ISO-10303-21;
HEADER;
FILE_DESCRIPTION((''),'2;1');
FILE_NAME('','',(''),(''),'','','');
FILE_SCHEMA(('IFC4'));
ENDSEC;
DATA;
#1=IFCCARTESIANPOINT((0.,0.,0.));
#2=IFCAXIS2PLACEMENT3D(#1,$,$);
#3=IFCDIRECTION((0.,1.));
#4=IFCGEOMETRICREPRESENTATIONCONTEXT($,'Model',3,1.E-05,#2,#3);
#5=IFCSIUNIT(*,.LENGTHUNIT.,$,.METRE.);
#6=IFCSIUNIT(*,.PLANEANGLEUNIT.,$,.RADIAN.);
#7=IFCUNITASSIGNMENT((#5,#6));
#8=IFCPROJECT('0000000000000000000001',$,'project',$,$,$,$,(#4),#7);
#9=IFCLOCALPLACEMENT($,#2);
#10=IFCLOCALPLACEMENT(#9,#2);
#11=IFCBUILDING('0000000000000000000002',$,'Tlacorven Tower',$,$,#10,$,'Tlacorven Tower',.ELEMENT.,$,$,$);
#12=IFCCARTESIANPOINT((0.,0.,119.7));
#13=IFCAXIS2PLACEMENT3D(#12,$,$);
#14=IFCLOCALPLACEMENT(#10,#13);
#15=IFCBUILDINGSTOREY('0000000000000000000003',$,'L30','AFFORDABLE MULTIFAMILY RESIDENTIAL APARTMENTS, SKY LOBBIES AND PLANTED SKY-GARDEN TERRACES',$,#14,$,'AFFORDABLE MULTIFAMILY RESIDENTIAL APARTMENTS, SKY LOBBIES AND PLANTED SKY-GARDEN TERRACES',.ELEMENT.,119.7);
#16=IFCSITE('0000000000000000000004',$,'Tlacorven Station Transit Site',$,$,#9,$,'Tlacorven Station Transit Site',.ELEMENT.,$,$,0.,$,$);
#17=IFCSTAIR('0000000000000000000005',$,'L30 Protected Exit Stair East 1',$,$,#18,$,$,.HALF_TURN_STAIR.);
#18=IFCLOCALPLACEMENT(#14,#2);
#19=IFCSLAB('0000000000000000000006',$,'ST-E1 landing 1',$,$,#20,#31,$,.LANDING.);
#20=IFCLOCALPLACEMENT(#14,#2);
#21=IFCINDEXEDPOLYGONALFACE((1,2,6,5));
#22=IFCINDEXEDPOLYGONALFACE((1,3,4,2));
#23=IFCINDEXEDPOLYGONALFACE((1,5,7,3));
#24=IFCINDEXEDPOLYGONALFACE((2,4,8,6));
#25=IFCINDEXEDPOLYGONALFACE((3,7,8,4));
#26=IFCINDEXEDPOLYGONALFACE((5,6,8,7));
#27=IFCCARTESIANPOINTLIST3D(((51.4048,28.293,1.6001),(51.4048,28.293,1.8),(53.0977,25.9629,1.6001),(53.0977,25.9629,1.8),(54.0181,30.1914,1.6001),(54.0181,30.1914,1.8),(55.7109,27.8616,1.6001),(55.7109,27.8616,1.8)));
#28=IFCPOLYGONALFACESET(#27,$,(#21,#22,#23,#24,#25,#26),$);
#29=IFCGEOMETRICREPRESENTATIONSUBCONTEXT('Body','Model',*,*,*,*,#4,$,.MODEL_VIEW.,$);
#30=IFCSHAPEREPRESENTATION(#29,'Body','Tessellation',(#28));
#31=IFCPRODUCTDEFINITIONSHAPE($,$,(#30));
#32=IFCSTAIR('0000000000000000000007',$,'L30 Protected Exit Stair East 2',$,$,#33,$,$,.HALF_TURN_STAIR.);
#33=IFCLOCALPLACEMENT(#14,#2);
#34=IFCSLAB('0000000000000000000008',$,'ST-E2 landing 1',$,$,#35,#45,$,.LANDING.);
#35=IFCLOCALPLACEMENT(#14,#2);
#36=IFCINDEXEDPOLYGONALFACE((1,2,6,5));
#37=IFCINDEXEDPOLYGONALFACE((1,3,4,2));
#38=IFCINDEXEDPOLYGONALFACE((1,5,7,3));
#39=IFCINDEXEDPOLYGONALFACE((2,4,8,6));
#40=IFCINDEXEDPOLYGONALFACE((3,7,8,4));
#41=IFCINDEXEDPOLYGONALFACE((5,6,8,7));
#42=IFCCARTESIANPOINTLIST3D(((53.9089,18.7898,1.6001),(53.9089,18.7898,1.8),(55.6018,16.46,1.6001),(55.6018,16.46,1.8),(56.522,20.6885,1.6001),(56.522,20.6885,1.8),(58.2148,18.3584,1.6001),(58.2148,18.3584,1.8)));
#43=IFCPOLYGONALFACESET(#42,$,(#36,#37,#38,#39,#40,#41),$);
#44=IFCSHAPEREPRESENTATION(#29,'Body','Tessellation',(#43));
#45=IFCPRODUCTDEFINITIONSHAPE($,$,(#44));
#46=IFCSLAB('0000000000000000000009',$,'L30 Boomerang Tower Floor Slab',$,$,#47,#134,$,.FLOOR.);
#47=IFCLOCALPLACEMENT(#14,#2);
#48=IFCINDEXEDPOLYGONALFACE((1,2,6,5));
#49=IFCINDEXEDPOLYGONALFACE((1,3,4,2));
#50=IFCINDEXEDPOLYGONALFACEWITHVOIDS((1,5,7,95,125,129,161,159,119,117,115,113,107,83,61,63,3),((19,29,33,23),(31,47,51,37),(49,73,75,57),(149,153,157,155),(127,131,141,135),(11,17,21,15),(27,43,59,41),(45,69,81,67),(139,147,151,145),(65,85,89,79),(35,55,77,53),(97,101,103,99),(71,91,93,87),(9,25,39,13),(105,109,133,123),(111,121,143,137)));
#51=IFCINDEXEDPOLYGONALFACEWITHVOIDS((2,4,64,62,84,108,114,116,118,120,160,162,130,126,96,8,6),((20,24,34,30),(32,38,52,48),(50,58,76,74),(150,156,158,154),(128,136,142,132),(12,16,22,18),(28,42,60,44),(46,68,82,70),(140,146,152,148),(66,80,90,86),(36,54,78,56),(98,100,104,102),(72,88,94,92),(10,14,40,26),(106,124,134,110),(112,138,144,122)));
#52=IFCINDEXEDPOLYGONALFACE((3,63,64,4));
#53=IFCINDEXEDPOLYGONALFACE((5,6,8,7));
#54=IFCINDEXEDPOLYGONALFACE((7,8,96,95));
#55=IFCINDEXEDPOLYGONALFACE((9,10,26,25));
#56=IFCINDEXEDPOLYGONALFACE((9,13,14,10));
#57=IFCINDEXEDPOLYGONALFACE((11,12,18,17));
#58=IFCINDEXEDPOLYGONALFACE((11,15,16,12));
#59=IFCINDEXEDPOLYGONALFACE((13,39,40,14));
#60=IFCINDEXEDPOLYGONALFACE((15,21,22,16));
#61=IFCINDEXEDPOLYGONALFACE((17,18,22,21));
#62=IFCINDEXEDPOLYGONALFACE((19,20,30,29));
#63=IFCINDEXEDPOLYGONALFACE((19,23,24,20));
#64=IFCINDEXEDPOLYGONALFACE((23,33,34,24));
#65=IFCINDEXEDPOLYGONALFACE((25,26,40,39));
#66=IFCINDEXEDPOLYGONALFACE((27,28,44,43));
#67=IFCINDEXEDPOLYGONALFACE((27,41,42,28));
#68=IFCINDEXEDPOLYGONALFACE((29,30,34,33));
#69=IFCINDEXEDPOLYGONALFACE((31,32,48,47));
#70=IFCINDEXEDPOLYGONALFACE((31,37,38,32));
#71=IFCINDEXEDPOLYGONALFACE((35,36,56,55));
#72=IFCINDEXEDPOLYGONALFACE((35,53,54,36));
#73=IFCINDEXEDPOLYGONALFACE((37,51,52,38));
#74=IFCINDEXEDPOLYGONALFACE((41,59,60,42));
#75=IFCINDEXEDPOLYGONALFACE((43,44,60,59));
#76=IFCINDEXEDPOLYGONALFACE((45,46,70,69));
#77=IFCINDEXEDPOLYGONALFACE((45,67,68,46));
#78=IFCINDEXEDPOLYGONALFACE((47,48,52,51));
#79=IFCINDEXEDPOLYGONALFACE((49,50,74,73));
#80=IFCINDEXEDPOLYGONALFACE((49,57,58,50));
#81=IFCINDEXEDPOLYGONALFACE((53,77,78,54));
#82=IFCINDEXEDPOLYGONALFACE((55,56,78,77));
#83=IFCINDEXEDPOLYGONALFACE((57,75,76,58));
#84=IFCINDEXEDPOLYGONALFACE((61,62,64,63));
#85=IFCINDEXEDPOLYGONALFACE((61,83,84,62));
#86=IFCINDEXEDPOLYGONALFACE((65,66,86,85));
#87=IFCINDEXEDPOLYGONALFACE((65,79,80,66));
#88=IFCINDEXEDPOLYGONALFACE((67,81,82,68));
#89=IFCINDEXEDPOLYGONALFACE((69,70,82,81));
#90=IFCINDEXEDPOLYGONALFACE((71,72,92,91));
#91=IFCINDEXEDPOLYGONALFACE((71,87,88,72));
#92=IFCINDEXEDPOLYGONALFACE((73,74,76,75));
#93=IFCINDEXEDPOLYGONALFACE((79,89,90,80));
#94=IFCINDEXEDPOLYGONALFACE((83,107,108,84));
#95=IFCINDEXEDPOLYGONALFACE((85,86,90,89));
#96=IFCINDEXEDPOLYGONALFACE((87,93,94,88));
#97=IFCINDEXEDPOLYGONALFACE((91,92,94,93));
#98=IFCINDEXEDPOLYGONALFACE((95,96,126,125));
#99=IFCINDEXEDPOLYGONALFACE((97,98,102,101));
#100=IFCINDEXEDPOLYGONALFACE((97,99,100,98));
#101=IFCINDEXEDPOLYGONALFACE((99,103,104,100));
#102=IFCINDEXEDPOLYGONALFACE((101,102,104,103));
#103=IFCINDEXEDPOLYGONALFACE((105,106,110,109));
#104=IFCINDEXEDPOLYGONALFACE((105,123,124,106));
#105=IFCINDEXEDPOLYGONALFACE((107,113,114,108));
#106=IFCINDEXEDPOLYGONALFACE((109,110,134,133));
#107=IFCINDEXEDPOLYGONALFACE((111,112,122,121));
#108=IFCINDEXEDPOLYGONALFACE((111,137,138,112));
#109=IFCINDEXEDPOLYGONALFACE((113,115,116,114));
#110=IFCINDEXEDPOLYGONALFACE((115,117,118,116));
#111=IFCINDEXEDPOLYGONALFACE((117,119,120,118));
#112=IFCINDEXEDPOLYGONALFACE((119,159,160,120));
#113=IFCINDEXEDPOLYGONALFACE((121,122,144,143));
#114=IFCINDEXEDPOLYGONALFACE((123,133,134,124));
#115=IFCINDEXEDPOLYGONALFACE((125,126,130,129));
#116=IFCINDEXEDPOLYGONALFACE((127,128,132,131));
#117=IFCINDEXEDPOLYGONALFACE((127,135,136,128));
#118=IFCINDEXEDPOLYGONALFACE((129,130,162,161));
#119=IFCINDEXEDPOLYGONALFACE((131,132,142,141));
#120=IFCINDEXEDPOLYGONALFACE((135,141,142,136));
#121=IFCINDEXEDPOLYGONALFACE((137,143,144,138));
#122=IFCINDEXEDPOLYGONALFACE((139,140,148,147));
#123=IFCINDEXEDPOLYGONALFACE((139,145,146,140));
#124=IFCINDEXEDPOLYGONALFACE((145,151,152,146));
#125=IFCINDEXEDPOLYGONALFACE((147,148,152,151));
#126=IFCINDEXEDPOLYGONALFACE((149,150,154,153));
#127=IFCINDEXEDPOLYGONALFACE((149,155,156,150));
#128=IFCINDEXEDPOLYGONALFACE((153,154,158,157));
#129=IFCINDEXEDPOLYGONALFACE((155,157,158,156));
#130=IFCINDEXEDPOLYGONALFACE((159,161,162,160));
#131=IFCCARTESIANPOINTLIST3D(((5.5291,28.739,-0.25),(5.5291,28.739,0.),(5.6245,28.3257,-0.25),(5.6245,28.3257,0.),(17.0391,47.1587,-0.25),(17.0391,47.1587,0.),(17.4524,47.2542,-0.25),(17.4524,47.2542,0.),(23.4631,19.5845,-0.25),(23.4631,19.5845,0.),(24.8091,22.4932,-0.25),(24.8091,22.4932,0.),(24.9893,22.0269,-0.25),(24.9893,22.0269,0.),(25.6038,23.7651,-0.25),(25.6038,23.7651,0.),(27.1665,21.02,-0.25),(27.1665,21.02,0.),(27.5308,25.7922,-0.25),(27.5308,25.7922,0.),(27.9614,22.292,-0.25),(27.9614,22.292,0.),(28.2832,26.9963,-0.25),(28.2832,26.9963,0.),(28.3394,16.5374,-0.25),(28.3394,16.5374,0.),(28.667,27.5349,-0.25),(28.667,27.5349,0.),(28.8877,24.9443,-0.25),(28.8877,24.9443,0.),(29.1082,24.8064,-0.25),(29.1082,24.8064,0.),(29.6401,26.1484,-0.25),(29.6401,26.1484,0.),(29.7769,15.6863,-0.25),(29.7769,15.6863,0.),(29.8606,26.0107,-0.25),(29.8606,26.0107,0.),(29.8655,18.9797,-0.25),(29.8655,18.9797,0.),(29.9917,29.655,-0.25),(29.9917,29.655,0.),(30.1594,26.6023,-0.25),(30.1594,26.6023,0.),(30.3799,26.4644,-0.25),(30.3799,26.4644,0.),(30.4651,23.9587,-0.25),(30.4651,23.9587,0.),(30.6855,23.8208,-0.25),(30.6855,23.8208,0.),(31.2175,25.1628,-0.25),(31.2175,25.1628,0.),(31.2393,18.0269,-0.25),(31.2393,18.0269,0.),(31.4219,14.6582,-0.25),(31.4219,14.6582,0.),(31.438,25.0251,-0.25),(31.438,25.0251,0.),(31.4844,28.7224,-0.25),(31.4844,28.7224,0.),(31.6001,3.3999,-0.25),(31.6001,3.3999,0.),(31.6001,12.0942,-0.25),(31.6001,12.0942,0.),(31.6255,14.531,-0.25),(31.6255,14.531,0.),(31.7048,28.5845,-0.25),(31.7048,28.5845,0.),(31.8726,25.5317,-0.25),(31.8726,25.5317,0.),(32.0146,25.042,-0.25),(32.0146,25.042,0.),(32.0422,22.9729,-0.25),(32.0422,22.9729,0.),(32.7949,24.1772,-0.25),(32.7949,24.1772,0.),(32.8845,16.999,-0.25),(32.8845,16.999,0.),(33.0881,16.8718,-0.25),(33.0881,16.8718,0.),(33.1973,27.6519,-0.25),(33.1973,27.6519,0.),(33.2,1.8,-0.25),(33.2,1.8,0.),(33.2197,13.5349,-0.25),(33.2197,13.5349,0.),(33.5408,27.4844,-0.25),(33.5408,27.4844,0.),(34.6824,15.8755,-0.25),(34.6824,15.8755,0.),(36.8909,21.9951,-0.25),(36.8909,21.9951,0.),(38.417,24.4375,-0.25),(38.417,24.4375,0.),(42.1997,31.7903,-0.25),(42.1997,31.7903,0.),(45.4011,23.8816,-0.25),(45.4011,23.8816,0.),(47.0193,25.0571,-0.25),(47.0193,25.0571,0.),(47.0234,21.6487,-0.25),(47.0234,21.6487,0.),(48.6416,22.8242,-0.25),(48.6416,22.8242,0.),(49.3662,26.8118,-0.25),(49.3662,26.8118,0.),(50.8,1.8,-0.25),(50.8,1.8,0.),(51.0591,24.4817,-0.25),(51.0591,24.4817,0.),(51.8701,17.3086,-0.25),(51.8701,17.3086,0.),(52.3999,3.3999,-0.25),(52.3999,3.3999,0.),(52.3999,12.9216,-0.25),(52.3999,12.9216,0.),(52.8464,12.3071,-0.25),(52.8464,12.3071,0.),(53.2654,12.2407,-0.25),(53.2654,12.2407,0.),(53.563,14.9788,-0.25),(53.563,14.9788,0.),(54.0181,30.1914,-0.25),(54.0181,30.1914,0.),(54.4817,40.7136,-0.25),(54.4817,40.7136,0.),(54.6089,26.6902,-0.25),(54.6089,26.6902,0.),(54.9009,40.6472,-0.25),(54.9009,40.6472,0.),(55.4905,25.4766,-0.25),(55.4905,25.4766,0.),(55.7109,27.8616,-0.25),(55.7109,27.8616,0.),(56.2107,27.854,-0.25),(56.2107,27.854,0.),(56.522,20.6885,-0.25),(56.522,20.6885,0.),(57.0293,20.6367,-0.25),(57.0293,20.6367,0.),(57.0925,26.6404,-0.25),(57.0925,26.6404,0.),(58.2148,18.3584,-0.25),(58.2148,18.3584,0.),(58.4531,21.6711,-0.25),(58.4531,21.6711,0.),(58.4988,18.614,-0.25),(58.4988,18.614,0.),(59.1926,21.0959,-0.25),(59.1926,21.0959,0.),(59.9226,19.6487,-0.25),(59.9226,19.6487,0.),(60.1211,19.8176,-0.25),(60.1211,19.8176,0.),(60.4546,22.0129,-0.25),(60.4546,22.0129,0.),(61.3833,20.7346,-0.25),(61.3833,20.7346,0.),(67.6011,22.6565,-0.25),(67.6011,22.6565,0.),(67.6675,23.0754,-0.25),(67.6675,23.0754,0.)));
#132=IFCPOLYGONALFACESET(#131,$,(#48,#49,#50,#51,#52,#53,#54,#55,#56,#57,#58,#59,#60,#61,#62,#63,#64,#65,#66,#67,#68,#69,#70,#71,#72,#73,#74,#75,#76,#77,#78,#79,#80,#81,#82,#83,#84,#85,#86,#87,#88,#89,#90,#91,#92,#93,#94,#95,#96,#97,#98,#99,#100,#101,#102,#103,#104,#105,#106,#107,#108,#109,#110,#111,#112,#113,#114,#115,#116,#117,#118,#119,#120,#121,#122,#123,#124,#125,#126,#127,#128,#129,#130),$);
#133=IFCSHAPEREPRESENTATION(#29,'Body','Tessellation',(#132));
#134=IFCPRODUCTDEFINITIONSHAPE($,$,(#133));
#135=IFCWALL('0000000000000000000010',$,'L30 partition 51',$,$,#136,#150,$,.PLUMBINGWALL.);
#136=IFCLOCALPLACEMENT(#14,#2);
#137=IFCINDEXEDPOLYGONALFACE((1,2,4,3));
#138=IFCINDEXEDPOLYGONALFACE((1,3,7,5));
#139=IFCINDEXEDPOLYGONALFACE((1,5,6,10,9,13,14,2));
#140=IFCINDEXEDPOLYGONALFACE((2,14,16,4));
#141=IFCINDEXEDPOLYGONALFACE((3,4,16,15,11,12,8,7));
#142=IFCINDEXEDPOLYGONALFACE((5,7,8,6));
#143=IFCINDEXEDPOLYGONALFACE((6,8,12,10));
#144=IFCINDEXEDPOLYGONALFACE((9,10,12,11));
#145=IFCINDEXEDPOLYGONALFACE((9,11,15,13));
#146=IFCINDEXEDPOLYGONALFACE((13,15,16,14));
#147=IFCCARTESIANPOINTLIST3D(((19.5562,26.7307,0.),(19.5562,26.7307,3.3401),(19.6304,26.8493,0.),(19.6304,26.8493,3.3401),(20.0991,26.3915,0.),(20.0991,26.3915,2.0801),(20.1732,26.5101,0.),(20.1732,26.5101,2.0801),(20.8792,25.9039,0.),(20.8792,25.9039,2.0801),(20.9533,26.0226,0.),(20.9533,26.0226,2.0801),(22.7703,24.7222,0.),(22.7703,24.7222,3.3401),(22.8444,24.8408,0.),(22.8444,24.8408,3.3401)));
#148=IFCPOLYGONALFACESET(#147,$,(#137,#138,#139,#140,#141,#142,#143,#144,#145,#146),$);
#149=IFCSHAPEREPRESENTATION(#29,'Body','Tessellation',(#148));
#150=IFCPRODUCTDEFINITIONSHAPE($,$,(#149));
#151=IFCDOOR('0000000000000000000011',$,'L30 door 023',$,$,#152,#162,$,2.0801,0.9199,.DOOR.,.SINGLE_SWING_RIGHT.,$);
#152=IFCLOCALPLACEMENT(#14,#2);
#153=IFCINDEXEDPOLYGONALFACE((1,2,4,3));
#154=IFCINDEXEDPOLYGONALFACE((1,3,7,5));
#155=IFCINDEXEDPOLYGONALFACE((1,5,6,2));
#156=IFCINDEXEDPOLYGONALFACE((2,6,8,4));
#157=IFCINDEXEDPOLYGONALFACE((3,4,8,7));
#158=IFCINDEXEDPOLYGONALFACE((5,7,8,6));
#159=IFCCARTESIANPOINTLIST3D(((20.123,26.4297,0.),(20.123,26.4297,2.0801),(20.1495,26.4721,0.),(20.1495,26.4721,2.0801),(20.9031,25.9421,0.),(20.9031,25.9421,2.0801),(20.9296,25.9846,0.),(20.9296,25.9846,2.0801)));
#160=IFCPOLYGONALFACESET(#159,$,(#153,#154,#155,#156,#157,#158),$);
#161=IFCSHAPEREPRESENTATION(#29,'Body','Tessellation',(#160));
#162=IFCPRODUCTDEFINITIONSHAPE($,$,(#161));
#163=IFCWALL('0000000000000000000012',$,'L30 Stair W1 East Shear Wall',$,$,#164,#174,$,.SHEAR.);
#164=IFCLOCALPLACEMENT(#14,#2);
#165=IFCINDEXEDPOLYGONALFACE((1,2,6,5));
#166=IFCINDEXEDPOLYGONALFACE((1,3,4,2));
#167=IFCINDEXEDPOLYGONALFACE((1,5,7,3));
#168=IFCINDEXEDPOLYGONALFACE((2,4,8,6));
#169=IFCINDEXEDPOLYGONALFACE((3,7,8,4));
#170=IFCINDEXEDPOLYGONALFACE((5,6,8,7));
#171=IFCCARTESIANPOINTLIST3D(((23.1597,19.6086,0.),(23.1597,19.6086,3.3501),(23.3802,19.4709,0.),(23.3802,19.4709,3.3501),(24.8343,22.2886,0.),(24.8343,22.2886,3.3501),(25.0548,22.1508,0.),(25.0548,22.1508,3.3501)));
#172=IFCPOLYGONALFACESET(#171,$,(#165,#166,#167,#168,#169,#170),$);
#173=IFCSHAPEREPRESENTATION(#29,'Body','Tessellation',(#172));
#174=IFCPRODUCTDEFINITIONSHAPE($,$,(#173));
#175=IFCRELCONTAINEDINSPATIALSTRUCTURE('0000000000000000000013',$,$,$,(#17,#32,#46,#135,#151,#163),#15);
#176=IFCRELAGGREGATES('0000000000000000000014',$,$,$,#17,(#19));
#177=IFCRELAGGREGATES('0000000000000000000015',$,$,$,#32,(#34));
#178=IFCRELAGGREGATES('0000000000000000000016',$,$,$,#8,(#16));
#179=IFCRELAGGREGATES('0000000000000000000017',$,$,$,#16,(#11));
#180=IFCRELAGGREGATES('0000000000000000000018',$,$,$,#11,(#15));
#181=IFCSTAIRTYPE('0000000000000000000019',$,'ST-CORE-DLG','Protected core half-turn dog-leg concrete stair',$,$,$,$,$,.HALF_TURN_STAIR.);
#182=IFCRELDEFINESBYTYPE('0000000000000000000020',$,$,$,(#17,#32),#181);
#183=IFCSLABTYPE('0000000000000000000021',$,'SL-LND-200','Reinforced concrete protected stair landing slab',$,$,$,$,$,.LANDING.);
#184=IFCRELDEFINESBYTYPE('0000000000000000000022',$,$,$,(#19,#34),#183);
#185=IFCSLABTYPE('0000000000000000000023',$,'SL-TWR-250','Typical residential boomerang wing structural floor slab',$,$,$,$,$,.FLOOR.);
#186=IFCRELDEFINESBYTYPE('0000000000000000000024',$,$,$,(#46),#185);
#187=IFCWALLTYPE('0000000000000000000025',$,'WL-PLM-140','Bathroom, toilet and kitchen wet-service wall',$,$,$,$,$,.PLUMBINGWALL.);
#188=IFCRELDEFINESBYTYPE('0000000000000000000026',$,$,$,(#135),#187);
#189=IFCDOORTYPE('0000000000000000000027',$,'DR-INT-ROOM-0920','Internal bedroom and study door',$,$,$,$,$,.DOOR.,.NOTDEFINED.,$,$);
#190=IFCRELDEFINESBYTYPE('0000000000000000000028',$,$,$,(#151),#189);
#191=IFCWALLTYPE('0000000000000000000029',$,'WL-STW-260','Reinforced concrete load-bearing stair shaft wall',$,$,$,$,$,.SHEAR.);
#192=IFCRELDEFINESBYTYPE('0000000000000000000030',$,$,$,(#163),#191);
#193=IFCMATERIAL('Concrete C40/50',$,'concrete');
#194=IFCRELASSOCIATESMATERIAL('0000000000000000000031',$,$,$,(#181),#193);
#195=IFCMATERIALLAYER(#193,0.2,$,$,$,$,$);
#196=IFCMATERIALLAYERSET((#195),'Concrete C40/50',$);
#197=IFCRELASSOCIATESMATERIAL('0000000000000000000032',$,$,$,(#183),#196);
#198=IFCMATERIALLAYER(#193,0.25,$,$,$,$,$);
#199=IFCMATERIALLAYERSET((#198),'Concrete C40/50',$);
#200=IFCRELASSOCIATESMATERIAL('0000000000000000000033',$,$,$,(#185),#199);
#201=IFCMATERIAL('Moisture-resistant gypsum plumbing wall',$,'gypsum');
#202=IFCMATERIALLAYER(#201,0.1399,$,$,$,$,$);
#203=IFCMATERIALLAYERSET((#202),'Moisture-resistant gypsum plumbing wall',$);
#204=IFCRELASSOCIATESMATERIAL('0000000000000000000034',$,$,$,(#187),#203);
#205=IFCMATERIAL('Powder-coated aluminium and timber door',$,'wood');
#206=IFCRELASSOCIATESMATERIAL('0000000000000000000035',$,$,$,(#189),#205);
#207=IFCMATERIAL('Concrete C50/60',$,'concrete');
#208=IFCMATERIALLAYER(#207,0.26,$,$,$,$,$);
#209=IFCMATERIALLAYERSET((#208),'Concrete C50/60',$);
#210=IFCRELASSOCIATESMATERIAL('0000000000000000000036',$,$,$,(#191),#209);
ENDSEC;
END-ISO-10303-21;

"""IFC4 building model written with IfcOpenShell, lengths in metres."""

from ifc_helpers import new_model, si_unit, direction, frame, frame_2d, origin, place, context, subcontext, project, spatial, polyline, rectangle, outline, extrude, source, transform, mapped, material, layer, layer_set, type_object, element, fill, aggregate, save


model = new_model("IFC4")

# Units and contexts
model_context = context("Model", 3, precision=1e-05, world=origin(), true_north=direction((0.0, 1.0)))
body_context = subcontext(model_context, "Body", "Model", "MODEL_VIEW")
ifc_project = project(units=[si_unit("LENGTHUNIT", "METRE"), si_unit("PLANEANGLEUNIT", "RADIAN")], contexts=[model_context])

# Site, building, storey
site_placement = place(None, origin())
site = spatial("IfcSite", under=ifc_project, at=site_placement, Name="Tlacorven Station Transit Site", LongName="Tlacorven Station Transit Site", CompositionType="ELEMENT", RefElevation=0.0)
building_placement = place(site_placement, origin())
building = spatial("IfcBuilding", under=site, at=building_placement, Name="Tlacorven Tower", LongName="Tlacorven Tower", CompositionType="ELEMENT")
storey_placement = place(building_placement, frame((0.0, 0.0, 119.7)))
storey = spatial("IfcBuildingStorey", under=building, at=storey_placement, Name="L30", Description="AFFORDABLE MULTIFAMILY RESIDENTIAL APARTMENTS, SKY LOBBIES AND PLANTED SKY-GARDEN TERRACES", LongName="AFFORDABLE MULTIFAMILY RESIDENTIAL APARTMENTS, SKY LOBBIES AND PLANTED SKY-GARDEN TERRACES", CompositionType="ELEMENT", Elevation=119.7)

# Stairs, slabs
ifc_material_1 = material(Name="Concrete C40/50", Category="concrete")
stair_type = type_object("IfcStairType", Name="ST-CORE-DLG", Description="Protected core half-turn dog-leg concrete stair", PredefinedType="HALF_TURN_STAIR", material=ifc_material_1)
ifc_layer_1 = layer(ifc_material_1, 0.2)
ifc_layer_set_1 = layer_set([ifc_layer_1], Name="Concrete C40/50")
slab_type_1 = type_object("IfcSlabType", Name="SL-LND-200", Description="Reinforced concrete protected stair landing slab", PredefinedType="LANDING", material=ifc_layer_set_1)
stair_1_placement = place(storey_placement, origin())
stair_1 = element("IfcStair", 1, at=stair_1_placement, inside=storey, type_object=stair_type, Name="L30 Protected Exit Stair East 1", PredefinedType="HALF_TURN_STAIR")
slab_1_placement = place(storey_placement, frame((0.0, 0.0, 1.6001)))
slab_1 = element("IfcSlab", 2, at=slab_1_placement, type_object=slab_type_1, Name="ST-E1 landing 1", PredefinedType="LANDING", context=body_context, shape_type="SweptSolid", body=[
    extrude(outline(polyline([(53.0977, 25.9629), (55.7109, 27.8616), (54.0181, 30.1914), (51.4048, 28.293), (53.0977, 25.9629)])), origin(), (0.0, 0.0, 1.0), 0.2),
])
aggregate(stair_1, [slab_1])
stair_2_placement = place(storey_placement, origin())
stair_2 = element("IfcStair", 3, at=stair_2_placement, inside=storey, type_object=stair_type, Name="L30 Protected Exit Stair East 2", PredefinedType="HALF_TURN_STAIR")
slab_2_placement = place(storey_placement, frame((0.0, 0.0, 1.6001)))
slab_2 = element("IfcSlab", 4, at=slab_2_placement, type_object=slab_type_1, Name="ST-E2 landing 1", PredefinedType="LANDING", context=body_context, shape_type="SweptSolid", body=[
    extrude(outline(polyline([(55.6018, 16.46), (58.2148, 18.3584), (56.522, 20.6885), (53.9089, 18.7898), (55.6018, 16.46)])), origin(), (0.0, 0.0, 1.0), 0.2),
])
aggregate(stair_2, [slab_2])

# Slab
ifc_layer_2 = layer(ifc_material_1, 0.25)
ifc_layer_set_2 = layer_set([ifc_layer_2], Name="Concrete C40/50")
slab_type_2 = type_object("IfcSlabType", Name="SL-TWR-250", Description="Typical residential boomerang wing structural floor slab", PredefinedType="FLOOR", material=ifc_layer_set_2)
slab_3_placement = place(storey_placement, frame((0.0, 0.0, -0.25)))
element("IfcSlab", 5, at=slab_3_placement, inside=storey, type_object=slab_type_2, Name="L30 Boomerang Tower Floor Slab", PredefinedType="FLOOR", context=body_context, shape_type="SweptSolid", body=[
    extrude(outline(polyline([(52.3999, 3.3999), (50.8, 1.8), (33.2, 1.8), (31.6001, 3.3999), (31.6001, 12.0942), (5.6245, 28.3257), (5.5291, 28.739), (17.0391, 47.1587), (17.4524, 47.2542), (42.1997, 31.7903), (54.4817, 40.7136), (54.9009, 40.6472), (67.6675, 23.0754), (67.6011, 22.6565), (53.2654, 12.2407), (52.8464, 12.3071), (52.3999, 12.9216), (52.3999, 3.3999)]), holes=[polyline([(29.8655, 18.9797), (24.9893, 22.0269), (23.4631, 19.5845), (28.3394, 16.5374), (29.8655, 18.9797)]), polyline([(38.417, 24.4375), (33.5408, 27.4844), (32.0146, 25.042), (36.8909, 21.9951), (38.417, 24.4375)]), polyline([(51.0591, 24.4817), (55.7109, 27.8616), (54.0181, 30.1914), (49.3662, 26.8118), (51.0591, 24.4817)]), polyline([(53.563, 14.9788), (58.2148, 18.3584), (56.522, 20.6885), (51.8701, 17.3086), (53.563, 14.9788)]), polyline([(34.6824, 15.8755), (33.0881, 16.8718), (31.6255, 14.531), (33.2197, 13.5349), (34.6824, 15.8755)]), polyline([(32.8845, 16.999), (31.2393, 18.0269), (29.7769, 15.6863), (31.4219, 14.6582), (32.8845, 16.999)]), polyline([(47.0234, 21.6487), (48.6416, 22.8242), (47.0193, 25.0571), (45.4011, 23.8816), (47.0234, 21.6487)]), polyline([(33.1973, 27.6519), (31.7048, 28.5845), (30.3799, 26.4644), (31.8726, 25.5317), (33.1973, 27.6519)]), polyline([(31.4844, 28.7224), (29.9917, 29.655), (28.667, 27.5349), (30.1594, 26.6023), (31.4844, 28.7224)]), polyline([(32.7949, 24.1772), (31.438, 25.0251), (30.6855, 23.8208), (32.0422, 22.9729), (32.7949, 24.1772)]), polyline([(31.2175, 25.1628), (29.8606, 26.0107), (29.1082, 24.8064), (30.4651, 23.9587), (31.2175, 25.1628)]), polyline([(29.6401, 26.1484), (28.2832, 26.9963), (27.5308, 25.7922), (28.8877, 24.9443), (29.6401, 26.1484)]), polyline([(58.4988, 18.614), (59.9226, 19.6487), (58.4531, 21.6711), (57.0293, 20.6367), (58.4988, 18.614)]), polyline([(27.9614, 22.292), (25.6038, 23.7651), (24.8091, 22.4932), (27.1665, 21.02), (27.9614, 22.292)]), polyline([(55.4905, 25.4766), (57.0925, 26.6404), (56.2107, 27.854), (54.6089, 26.6902), (55.4905, 25.4766)]), polyline([(60.1211, 19.8176), (61.3833, 20.7346), (60.4546, 22.0129), (59.1926, 21.0959), (60.1211, 19.8176)])]), origin(), (0.0, 0.0, 1.0), 0.25),
])

# Wall, opening, door
ifc_material_2 = material(Name="Moisture-resistant gypsum plumbing wall", Category="gypsum")
ifc_layer_3 = layer(ifc_material_2, 0.1399)
ifc_layer_set_3 = layer_set([ifc_layer_3], Name="Moisture-resistant gypsum plumbing wall")
wall_type_1 = type_object("IfcWallType", Name="WL-PLM-140", Description="Bathroom, toilet and kitchen wet-service wall", PredefinedType="PLUMBINGWALL", material=ifc_layer_set_3)
wall_1_placement = place(storey_placement, frame((22.8074, 24.7815, 0.0), z_axis=(0.0, 0.0, 1.0), x_axis=(-0.848031, 0.529947, 0.0)))
wall_1 = element("IfcWall", 6, at=wall_1_placement, inside=storey, type_object=wall_type_1, Name="L30 partition 51", PredefinedType="PLUMBINGWALL", context=body_context, shape_type="SweptSolid", body=[
    extrude(rectangle(XDim=3.79, YDim=0.1399, at=frame_2d((1.895, 0.0))), origin(), (0.0, 0.0, 1.0), 3.3401),
])
opening_placement = place(wall_1_placement, frame((2.23, 0.0, 0.0)))
opening = element("IfcOpeningElement", 7, at=opening_placement, cuts=wall_1, PredefinedType="OPENING", context=body_context, shape_type="SweptSolid", body=[
    extrude(rectangle(XDim=0.9199, YDim=2.0801, at=frame_2d((0.46, 1.04))), frame((0.0, 0.0801, 0.0), z_axis=(0.0, -1.0, 0.0), x_axis=(1.0, 0.0, 0.0)), (0.0, 0.0, 1.0), 0.1599),
])
ifc_material_3 = material(Name="Powder-coated aluminium and timber door", Category="wood")
door_type = type_object("IfcDoorType", Name="DR-INT-ROOM-0920", Description="Internal bedroom and study door", OperationType="NOTDEFINED", PredefinedType="DOOR", material=ifc_material_3)
shared_shape_1 = source(origin(), body_context, "Body", "SweptSolid", [
    extrude(rectangle(XDim=0.9199, YDim=2.0801, at=frame_2d((0.46, 1.04))), frame((0.0, 0.0249, 0.0), z_axis=(0.0, -1.0, 0.0), x_axis=(1.0, 0.0, 0.0)), (0.0, 0.0, 1.0), 0.05),
])
door_placement = place(opening_placement, origin())
door = element("IfcDoor", 8, at=door_placement, inside=storey, type_object=door_type, Name="L30 door 023", OperationType="SINGLE_SWING_RIGHT", OverallHeight=2.0801, OverallWidth=0.9199, PredefinedType="DOOR", context=body_context, shape_type="MappedRepresentation", body=[
    mapped(shared_shape_1, transform((0.0, 0.0, 0.0), scale=1.0)),
])
fill(opening, door)

# Wall
ifc_material_4 = material(Name="Concrete C50/60", Category="concrete")
ifc_layer_4 = layer(ifc_material_4, 0.26)
ifc_layer_set_4 = layer_set([ifc_layer_4], Name="Concrete C50/60")
wall_type_2 = type_object("IfcWallType", Name="WL-STW-260", Description="Reinforced concrete load-bearing stair shaft wall", PredefinedType="SHEAR", material=ifc_layer_set_4)
wall_2_placement = place(storey_placement, frame((24.9446, 22.2197, 0.0), z_axis=(0.0, 0.0, 1.0), x_axis=(-0.529909, -0.848055, 0.0)))
element("IfcWall", 9, at=wall_2_placement, inside=storey, type_object=wall_type_2, Name="L30 Stair W1 East Shear Wall", PredefinedType="SHEAR", context=body_context, shape_type="SweptSolid", body=[
    extrude(rectangle(XDim=3.1602, YDim=0.26, at=frame_2d((1.5801, 0.0))), origin(), (0.0, 0.0, 1.0), 3.3501),
])

save(model, "model.ifc")
